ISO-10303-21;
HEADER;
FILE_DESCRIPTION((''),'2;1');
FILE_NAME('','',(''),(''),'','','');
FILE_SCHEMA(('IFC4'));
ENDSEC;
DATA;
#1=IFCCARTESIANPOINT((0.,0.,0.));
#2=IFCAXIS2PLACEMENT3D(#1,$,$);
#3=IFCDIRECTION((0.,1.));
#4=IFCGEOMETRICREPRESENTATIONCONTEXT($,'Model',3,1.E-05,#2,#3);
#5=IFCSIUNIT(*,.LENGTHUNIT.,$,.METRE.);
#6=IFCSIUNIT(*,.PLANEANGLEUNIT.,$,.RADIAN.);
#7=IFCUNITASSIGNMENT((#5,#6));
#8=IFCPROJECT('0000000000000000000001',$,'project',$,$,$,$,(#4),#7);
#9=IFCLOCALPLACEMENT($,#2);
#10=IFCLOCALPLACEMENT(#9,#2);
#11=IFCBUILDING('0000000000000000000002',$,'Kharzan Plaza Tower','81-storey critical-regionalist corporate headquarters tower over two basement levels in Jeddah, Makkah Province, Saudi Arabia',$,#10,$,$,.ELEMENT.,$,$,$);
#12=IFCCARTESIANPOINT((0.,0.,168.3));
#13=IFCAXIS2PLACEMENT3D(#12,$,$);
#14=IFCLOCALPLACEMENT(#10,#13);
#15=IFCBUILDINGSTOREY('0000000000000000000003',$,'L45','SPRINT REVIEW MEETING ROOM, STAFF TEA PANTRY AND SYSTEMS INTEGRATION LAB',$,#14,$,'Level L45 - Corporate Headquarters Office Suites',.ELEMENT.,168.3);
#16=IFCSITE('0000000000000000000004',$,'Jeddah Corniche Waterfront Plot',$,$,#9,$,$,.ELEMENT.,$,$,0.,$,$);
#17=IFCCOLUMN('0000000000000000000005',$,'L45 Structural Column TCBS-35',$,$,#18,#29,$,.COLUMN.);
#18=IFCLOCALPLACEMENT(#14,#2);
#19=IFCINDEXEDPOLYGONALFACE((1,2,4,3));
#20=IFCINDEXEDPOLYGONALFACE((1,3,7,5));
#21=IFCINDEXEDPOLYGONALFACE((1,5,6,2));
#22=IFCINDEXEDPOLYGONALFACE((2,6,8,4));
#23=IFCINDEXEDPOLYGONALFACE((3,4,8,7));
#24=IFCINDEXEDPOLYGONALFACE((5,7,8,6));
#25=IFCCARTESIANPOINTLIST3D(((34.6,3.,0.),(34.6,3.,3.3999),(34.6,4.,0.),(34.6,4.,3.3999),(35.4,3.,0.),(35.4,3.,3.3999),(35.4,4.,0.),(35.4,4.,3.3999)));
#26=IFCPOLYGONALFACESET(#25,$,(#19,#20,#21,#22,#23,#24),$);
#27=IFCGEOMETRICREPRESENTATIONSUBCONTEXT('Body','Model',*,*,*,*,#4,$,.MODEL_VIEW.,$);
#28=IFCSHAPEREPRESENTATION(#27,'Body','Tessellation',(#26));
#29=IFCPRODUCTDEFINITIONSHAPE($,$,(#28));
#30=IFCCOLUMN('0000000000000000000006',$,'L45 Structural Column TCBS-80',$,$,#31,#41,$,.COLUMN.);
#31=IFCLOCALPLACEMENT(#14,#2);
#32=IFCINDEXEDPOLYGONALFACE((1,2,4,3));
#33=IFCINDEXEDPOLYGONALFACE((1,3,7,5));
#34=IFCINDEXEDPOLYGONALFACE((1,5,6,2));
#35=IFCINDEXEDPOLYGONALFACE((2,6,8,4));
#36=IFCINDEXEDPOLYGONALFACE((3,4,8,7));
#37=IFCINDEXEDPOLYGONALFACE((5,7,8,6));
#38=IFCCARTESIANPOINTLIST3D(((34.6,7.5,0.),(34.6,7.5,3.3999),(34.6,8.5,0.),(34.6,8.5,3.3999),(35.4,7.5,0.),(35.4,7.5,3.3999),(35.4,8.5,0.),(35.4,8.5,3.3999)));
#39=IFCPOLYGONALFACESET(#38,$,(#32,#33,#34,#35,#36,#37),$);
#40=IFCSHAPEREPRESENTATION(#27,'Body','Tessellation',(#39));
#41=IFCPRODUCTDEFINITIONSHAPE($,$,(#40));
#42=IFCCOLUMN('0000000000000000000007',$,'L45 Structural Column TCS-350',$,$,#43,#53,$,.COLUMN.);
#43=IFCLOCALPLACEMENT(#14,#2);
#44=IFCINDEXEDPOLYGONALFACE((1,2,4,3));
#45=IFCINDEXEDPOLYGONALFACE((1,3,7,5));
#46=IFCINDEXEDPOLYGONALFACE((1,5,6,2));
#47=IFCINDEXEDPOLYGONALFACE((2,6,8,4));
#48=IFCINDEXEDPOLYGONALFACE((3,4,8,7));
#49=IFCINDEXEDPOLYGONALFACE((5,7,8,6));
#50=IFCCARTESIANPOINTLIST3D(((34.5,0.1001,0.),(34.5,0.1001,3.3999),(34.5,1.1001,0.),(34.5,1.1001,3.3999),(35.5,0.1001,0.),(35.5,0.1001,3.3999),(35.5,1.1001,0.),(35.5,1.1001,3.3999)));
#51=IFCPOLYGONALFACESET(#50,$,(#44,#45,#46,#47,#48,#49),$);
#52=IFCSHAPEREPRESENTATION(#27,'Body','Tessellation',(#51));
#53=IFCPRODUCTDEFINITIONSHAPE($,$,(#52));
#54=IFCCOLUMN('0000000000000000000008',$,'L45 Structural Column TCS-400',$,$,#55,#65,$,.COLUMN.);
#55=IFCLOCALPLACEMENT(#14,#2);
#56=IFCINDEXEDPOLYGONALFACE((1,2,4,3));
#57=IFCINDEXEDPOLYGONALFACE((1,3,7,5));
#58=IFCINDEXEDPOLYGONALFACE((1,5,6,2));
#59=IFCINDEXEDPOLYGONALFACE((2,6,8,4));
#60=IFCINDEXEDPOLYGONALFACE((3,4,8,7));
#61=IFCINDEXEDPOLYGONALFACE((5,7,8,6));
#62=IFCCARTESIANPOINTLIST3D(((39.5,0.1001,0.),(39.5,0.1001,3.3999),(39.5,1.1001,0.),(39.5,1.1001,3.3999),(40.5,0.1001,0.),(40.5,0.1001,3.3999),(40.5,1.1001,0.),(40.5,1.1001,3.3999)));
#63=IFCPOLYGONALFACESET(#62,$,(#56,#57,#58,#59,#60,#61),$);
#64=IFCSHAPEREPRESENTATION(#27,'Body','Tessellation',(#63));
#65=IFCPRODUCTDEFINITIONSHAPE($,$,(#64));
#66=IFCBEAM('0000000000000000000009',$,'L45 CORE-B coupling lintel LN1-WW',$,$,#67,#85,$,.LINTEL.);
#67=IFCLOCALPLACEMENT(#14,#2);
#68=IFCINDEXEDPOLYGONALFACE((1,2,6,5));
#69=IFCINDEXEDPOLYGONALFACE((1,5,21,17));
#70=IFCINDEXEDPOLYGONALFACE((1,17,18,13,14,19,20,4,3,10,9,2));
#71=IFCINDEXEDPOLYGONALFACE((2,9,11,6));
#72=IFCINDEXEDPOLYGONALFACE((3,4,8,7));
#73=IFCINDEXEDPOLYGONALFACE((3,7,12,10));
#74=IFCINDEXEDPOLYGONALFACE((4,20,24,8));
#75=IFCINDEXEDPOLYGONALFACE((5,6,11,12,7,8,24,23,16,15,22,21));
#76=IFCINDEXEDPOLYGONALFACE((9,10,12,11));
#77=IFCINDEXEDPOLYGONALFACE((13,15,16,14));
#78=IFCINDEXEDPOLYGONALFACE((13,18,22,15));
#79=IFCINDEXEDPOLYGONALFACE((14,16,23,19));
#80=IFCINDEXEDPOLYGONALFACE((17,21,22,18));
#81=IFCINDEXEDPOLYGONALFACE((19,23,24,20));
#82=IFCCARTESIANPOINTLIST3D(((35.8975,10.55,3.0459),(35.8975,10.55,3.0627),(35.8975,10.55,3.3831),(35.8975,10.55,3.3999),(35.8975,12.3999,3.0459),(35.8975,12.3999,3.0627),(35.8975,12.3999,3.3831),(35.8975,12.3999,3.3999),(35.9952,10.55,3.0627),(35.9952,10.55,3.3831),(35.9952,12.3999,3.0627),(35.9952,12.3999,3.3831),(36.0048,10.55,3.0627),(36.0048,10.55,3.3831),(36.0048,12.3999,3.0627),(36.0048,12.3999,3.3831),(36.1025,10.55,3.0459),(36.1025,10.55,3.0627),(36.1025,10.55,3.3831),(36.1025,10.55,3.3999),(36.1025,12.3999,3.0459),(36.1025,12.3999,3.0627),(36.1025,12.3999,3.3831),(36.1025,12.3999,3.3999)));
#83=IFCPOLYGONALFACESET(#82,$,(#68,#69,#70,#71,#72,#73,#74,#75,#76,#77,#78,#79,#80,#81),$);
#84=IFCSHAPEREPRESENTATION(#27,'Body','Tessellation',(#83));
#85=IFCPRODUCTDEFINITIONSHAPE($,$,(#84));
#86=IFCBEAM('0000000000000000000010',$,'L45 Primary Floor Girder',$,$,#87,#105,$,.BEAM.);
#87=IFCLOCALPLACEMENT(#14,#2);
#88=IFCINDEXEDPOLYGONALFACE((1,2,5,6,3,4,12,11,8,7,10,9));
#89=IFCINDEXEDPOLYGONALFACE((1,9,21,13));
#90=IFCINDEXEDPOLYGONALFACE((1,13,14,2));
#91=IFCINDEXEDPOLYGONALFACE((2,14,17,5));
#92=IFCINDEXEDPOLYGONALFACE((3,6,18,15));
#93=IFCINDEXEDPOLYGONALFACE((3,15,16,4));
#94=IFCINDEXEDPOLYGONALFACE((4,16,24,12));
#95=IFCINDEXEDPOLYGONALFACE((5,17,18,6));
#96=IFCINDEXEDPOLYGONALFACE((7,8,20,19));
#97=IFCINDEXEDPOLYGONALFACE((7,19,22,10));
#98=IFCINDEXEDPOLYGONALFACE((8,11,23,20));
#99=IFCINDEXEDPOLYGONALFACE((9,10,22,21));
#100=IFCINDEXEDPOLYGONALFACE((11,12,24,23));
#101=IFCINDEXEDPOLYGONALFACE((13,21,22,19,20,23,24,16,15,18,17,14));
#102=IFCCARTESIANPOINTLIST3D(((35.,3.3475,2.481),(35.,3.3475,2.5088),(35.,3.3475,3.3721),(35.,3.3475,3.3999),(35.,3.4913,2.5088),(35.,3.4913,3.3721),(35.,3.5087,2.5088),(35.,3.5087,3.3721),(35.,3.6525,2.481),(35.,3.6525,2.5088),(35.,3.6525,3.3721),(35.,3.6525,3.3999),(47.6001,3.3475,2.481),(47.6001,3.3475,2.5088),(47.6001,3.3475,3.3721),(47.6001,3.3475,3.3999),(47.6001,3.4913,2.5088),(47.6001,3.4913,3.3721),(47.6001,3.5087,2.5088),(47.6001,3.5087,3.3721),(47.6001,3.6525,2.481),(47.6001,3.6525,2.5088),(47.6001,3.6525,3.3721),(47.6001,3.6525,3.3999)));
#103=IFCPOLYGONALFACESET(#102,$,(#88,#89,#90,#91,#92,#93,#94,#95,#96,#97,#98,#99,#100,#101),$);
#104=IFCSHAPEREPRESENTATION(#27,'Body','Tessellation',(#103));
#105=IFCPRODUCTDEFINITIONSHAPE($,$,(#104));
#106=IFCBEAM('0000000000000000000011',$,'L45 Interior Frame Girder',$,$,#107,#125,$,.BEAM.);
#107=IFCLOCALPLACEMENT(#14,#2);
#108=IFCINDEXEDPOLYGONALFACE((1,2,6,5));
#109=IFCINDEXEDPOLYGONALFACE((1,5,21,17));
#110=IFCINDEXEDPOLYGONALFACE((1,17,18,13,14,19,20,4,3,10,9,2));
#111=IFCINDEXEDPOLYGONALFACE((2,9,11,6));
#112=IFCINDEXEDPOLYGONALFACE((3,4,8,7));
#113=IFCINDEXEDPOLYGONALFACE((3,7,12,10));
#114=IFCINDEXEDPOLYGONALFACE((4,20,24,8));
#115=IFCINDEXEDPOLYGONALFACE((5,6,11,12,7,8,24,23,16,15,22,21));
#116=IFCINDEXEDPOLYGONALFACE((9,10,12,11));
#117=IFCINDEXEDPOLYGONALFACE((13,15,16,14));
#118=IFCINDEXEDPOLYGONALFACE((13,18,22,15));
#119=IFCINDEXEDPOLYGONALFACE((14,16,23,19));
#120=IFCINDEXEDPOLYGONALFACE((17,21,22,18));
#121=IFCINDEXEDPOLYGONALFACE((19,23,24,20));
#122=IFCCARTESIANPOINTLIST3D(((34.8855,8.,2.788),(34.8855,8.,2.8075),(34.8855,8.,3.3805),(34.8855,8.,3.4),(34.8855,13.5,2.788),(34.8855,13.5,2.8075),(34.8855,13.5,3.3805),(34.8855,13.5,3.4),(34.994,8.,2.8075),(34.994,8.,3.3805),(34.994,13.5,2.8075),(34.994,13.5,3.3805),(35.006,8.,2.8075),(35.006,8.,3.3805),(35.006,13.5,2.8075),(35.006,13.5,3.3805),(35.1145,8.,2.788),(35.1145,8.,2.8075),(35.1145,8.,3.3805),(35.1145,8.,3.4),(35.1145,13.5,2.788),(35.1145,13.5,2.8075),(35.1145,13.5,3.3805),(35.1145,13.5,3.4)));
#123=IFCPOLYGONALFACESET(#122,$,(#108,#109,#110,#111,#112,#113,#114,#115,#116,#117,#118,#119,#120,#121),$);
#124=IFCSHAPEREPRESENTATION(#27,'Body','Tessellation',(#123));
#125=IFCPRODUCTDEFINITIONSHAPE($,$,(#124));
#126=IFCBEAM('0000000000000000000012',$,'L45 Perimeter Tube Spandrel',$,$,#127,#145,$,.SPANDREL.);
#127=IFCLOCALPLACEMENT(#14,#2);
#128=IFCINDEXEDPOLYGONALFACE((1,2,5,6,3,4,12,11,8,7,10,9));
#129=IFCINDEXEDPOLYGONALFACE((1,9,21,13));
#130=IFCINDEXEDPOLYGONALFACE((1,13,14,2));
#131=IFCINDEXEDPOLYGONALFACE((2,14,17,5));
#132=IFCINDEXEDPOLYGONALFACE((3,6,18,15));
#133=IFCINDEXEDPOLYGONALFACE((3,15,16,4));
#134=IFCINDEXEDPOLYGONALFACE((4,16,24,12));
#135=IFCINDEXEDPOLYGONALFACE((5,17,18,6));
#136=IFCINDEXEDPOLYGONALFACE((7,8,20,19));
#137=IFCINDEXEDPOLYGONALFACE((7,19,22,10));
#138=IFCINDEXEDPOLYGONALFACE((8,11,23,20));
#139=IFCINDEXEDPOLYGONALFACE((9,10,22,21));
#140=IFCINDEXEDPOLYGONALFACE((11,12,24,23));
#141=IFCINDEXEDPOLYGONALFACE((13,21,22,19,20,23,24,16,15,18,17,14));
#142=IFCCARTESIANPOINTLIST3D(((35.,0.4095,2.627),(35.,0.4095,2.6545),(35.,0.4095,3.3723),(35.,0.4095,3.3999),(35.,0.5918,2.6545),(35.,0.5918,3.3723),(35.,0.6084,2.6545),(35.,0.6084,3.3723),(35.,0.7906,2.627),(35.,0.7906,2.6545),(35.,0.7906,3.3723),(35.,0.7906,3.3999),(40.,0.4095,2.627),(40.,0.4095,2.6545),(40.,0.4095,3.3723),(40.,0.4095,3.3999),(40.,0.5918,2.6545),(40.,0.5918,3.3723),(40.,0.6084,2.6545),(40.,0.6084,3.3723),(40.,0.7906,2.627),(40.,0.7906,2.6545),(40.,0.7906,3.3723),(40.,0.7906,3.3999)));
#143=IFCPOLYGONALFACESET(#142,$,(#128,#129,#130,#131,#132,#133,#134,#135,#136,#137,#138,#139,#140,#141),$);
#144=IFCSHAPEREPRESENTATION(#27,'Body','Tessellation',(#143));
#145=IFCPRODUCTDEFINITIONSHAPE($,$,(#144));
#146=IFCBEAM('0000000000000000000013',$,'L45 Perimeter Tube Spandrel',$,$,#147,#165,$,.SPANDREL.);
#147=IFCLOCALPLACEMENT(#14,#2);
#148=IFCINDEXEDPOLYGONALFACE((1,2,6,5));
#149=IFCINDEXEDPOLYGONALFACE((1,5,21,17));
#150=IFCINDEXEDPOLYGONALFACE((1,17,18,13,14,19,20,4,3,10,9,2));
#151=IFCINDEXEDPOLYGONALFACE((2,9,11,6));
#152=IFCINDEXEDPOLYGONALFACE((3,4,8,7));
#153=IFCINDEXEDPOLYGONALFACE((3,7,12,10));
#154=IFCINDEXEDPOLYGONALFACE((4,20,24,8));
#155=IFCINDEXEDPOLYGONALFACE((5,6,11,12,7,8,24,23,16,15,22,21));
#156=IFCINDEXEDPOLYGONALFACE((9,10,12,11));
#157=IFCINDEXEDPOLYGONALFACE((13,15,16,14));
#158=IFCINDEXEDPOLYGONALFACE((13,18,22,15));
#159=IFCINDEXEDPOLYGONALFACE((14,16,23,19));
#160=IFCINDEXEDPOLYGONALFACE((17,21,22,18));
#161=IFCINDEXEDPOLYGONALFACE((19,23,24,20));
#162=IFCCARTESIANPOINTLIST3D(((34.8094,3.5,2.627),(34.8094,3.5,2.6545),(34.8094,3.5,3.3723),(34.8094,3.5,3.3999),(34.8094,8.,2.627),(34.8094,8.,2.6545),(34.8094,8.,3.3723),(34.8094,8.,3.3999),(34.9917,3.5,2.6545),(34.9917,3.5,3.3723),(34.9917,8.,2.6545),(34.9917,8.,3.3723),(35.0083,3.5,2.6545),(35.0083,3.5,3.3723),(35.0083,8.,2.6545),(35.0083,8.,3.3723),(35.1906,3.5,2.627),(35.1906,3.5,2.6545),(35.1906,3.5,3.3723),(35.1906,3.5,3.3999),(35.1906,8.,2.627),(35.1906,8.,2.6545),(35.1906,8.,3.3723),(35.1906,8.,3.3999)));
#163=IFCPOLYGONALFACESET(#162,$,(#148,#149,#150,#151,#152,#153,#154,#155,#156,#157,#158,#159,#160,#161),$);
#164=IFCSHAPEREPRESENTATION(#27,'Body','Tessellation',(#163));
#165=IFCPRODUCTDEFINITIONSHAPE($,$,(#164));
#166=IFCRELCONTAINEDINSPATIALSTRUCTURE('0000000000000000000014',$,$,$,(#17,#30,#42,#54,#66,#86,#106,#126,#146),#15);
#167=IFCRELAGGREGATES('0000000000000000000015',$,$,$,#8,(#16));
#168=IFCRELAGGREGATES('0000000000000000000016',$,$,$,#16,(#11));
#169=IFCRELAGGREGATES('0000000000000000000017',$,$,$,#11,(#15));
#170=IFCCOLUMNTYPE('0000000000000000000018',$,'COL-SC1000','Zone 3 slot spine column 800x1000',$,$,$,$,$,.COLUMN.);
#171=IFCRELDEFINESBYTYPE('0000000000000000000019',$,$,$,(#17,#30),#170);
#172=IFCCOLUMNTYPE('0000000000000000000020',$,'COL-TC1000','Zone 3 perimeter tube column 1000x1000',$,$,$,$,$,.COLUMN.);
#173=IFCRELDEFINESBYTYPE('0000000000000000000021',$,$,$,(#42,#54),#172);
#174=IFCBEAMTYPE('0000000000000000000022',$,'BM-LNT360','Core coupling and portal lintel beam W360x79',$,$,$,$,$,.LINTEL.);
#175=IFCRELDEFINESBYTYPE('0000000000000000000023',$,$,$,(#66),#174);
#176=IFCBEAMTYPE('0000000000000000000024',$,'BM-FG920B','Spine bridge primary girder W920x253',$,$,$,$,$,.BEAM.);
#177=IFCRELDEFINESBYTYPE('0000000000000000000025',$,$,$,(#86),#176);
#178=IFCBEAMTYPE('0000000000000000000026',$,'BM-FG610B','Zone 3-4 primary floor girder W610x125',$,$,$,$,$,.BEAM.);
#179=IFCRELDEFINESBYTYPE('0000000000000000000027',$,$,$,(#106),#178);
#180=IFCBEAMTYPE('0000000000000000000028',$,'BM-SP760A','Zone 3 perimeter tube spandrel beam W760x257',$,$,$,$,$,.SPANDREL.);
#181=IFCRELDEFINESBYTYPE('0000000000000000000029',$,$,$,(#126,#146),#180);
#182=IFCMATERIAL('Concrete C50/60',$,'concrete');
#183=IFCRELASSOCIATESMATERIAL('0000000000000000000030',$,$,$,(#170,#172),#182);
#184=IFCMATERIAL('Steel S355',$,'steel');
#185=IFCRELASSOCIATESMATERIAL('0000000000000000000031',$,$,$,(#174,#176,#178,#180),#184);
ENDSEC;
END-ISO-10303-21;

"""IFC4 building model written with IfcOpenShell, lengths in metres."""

from ifc_helpers import new_model, si_unit, direction, frame, origin, origin_2d, place, context, subcontext, project, spatial, rectangle, i_section, extrude, source, transform, mapped, material, material_profile, profile_set, type_object, element, save


model = new_model("IFC4")

# Units and contexts
model_context = context("Model", 3, precision=1e-05, world=origin(), true_north=direction((0.0, 1.0)))
body_context = subcontext(model_context, "Body", "Model", "MODEL_VIEW")
ifc_project = project(units=[si_unit("LENGTHUNIT", "METRE"), si_unit("PLANEANGLEUNIT", "RADIAN")], contexts=[model_context])

# Site, building, storey
site_placement = place(None, origin())
site = spatial("IfcSite", under=ifc_project, at=site_placement, Name="Jeddah Corniche Waterfront Plot", CompositionType="ELEMENT", RefElevation=0.0)
building_placement = place(site_placement, origin())
building = spatial("IfcBuilding", under=site, at=building_placement, Name="Kharzan Plaza Tower", Description="81-storey critical-regionalist corporate headquarters tower over two basement levels in Jeddah, Makkah Province, Saudi Arabia", CompositionType="ELEMENT")
storey_placement = place(building_placement, frame((0.0, 0.0, 168.3)))
storey = spatial("IfcBuildingStorey", under=building, at=storey_placement, Name="L45", Description="SPRINT REVIEW MEETING ROOM, STAFF TEA PANTRY AND SYSTEMS INTEGRATION LAB", LongName="Level L45 - Corporate Headquarters Office Suites", CompositionType="ELEMENT", Elevation=168.3)

# Columns
ifc_material_1 = material(Name="Concrete C50/60", Category="concrete")
ifc_material_profile_1 = material_profile(ifc_material_1, rectangle(XDim=0.8, YDim=1.0, at=origin_2d()), Name="RC-SC1000x800")
ifc_profile_set_1 = profile_set([ifc_material_profile_1], Name="Concrete C50/60")
column_type_1 = type_object("IfcColumnType", Name="COL-SC1000", Description="Zone 3 slot spine column 800x1000", PredefinedType="COLUMN", material=ifc_profile_set_1)
shared_shape_1 = source(origin(), body_context, "Body", "SweptSolid", [
    extrude(rectangle(XDim=0.8, YDim=1.0, at=origin_2d()), origin(), (0.0, 0.0, 1.0), 3.3999),
])
for number, where, z_axis, x_axis, name in (
    (1, (35.0, 3.5, 0.0), (0.0, 0.0, 1.0), (1.0, 0.0, 0.0), "L45 Structural Column TCBS-35"),
    (2, (35.0, 8.0, 0.0), (0.0, 0.0, 1.0), (1.0, 0.0, 0.0), "L45 Structural Column TCBS-80"),
):
    element("IfcColumn", number, at=place(storey_placement, frame(where, z_axis=z_axis, x_axis=x_axis)), inside=storey, type_object=column_type_1, Name=name, PredefinedType="COLUMN", context=body_context, shape_type="MappedRepresentation", body=[
        mapped(shared_shape_1, transform((0.0, 0.0, 0.0), x_axis=(1.0, 0.0, 0.0), y_axis=(0.0, 1.0, 0.0), z_axis=(0.0, 0.0, 1.0))),
    ])
ifc_material_profile_2 = material_profile(ifc_material_1, rectangle(XDim=1.0, YDim=1.0, at=origin_2d()), Name="RC-TC1000x1000")
ifc_profile_set_2 = profile_set([ifc_material_profile_2], Name="Concrete C50/60")
column_type_2 = type_object("IfcColumnType", Name="COL-TC1000", Description="Zone 3 perimeter tube column 1000x1000", PredefinedType="COLUMN", material=ifc_profile_set_2)
shared_shape_2 = source(origin(), body_context, "Body", "SweptSolid", [
    extrude(rectangle(XDim=1.0, YDim=1.0, at=origin_2d()), origin(), (0.0, 0.0, 1.0), 3.3999),
])
for number, where, z_axis, x_axis, name in (
    (3, (35.0, 0.6001, 0.0), (0.0, 0.0, 1.0), (1.0, 0.0, 0.0), "L45 Structural Column TCS-350"),
    (4, (40.0, 0.6001, 0.0), (0.0, 0.0, 1.0), (1.0, 0.0, 0.0), "L45 Structural Column TCS-400"),
):
    element("IfcColumn", number, at=place(storey_placement, frame(where, z_axis=z_axis, x_axis=x_axis)), inside=storey, type_object=column_type_2, Name=name, PredefinedType="COLUMN", context=body_context, shape_type="MappedRepresentation", body=[
        mapped(shared_shape_2, transform((0.0, 0.0, 0.0), x_axis=(1.0, 0.0, 0.0), y_axis=(0.0, 1.0, 0.0), z_axis=(0.0, 0.0, 1.0))),
    ])

# Beams
ifc_material_2 = material(Name="Steel S355", Category="steel")
ifc_material_profile_3 = material_profile(ifc_material_2, i_section(OverallWidth=0.2051, OverallDepth=0.354, WebThickness=0.0095, FlangeThickness=0.0168, at=origin_2d()), Name="W360x79")
ifc_profile_set_3 = profile_set([ifc_material_profile_3], Name="Steel S355")
beam_type_1 = type_object("IfcBeamType", Name="BM-LNT360", Description="Core coupling and portal lintel beam W360x79", PredefinedType="LINTEL", material=ifc_profile_set_3)
shared_shape_3 = source(origin(), body_context, "Body", "SweptSolid", [
    extrude(i_section(OverallWidth=0.2051, OverallDepth=0.354, WebThickness=0.0095, FlangeThickness=0.0168, at=origin_2d()), origin(), (0.0, 0.0, 1.0), 1.8499),
])
beam_1_placement = place(storey_placement, frame((36.0, 10.55, 3.2229), z_axis=(0.0, 1.0, 0.0), x_axis=(-1.0, 0.0, 0.0)))
element("IfcBeam", 5, at=beam_1_placement, inside=storey, type_object=beam_type_1, Name="L45 CORE-B coupling lintel LN1-WW", PredefinedType="LINTEL", context=body_context, shape_type="MappedRepresentation", body=[
    mapped(shared_shape_3, transform((0.0, 0.0, 0.0), x_axis=(1.0, 0.0, 0.0), y_axis=(0.0, 1.0, 0.0), z_axis=(0.0, 0.0, 1.0))),
])
ifc_material_profile_4 = material_profile(ifc_material_2, i_section(OverallWidth=0.3049, OverallDepth=0.9189, WebThickness=0.0173, FlangeThickness=0.0278, at=origin_2d()), Name="W920x253")
ifc_profile_set_4 = profile_set([ifc_material_profile_4], Name="Steel S355")
beam_type_2 = type_object("IfcBeamType", Name="BM-FG920B", Description="Spine bridge primary girder W920x253", PredefinedType="BEAM", material=ifc_profile_set_4)
shared_shape_4 = source(origin(), body_context, "Body", "SweptSolid", [
    extrude(i_section(OverallWidth=0.3049, OverallDepth=0.9189, WebThickness=0.0173, FlangeThickness=0.0278, at=origin_2d()), origin(), (0.0, 0.0, 1.0), 12.6001),
])
beam_2_placement = place(storey_placement, frame((35.0, 3.5, 2.9404), z_axis=(1.0, 0.0, 0.0), x_axis=(0.0, 1.0, 0.0)))
element("IfcBeam", 6, at=beam_2_placement, inside=storey, type_object=beam_type_2, Name="L45 Primary Floor Girder", PredefinedType="BEAM", context=body_context, shape_type="MappedRepresentation", body=[
    mapped(shared_shape_4, transform((0.0, 0.0, 0.0), x_axis=(1.0, 0.0, 0.0), y_axis=(0.0, 1.0, 0.0), z_axis=(0.0, 0.0, 1.0))),
])
ifc_material_profile_5 = material_profile(ifc_material_2, i_section(OverallWidth=0.229, OverallDepth=0.6121, WebThickness=0.012, FlangeThickness=0.0195, at=origin_2d()), Name="W610x125")
ifc_profile_set_5 = profile_set([ifc_material_profile_5], Name="Steel S355")
beam_type_3 = type_object("IfcBeamType", Name="BM-FG610B", Description="Zone 3-4 primary floor girder W610x125", PredefinedType="BEAM", material=ifc_profile_set_5)
shared_shape_5 = source(origin(), body_context, "Body", "SweptSolid", [
    extrude(i_section(OverallWidth=0.229, OverallDepth=0.6121, WebThickness=0.012, FlangeThickness=0.0195, at=origin_2d()), origin(), (0.0, 0.0, 1.0), 5.5),
])
beam_3_placement = place(storey_placement, frame((35.0, 8.0, 3.094), z_axis=(0.0, 1.0, 0.0), x_axis=(-1.0, 0.0, 0.0)))
element("IfcBeam", 7, at=beam_3_placement, inside=storey, type_object=beam_type_3, Name="L45 Interior Frame Girder", PredefinedType="BEAM", context=body_context, shape_type="MappedRepresentation", body=[
    mapped(shared_shape_5, transform((0.0, 0.0, 0.0), x_axis=(1.0, 0.0, 0.0), y_axis=(0.0, 1.0, 0.0), z_axis=(0.0, 0.0, 1.0))),
])
ifc_material_profile_6 = material_profile(ifc_material_2, i_section(OverallWidth=0.3811, OverallDepth=0.7729, WebThickness=0.0166, FlangeThickness=0.0276, at=origin_2d()), Name="W760x257")
ifc_profile_set_6 = profile_set([ifc_material_profile_6], Name="Steel S355")
beam_type_4 = type_object("IfcBeamType", Name="BM-SP760A", Description="Zone 3 perimeter tube spandrel beam W760x257", PredefinedType="SPANDREL", material=ifc_profile_set_6)
shared_shape_6 = source(origin(), body_context, "Body", "SweptSolid", [
    extrude(i_section(OverallWidth=0.3811, OverallDepth=0.7729, WebThickness=0.0166, FlangeThickness=0.0276, at=origin_2d()), origin(), (0.0, 0.0, 1.0), 5.0),
])
beam_4_placement = place(storey_placement, frame((35.0, 0.6001, 3.0134), z_axis=(1.0, 0.0, 0.0), x_axis=(0.0, 1.0, 0.0)))
element("IfcBeam", 8, at=beam_4_placement, inside=storey, type_object=beam_type_4, Name="L45 Perimeter Tube Spandrel", PredefinedType="SPANDREL", context=body_context, shape_type="MappedRepresentation", body=[
    mapped(shared_shape_6, transform((0.0, 0.0, 0.0), x_axis=(1.0, 0.0, 0.0), y_axis=(0.0, 1.0, 0.0), z_axis=(0.0, 0.0, 1.0))),
])
shared_shape_7 = source(origin(), body_context, "Body", "SweptSolid", [
    extrude(i_section(OverallWidth=0.3811, OverallDepth=0.7729, WebThickness=0.0166, FlangeThickness=0.0276, at=origin_2d()), origin(), (0.0, 0.0, 1.0), 4.5),
])
beam_5_placement = place(storey_placement, frame((35.0, 3.5, 3.0134), z_axis=(0.0, 1.0, 0.0), x_axis=(-1.0, 0.0, 0.0)))
element("IfcBeam", 9, at=beam_5_placement, inside=storey, type_object=beam_type_4, Name="L45 Perimeter Tube Spandrel", PredefinedType="SPANDREL", context=body_context, shape_type="MappedRepresentation", body=[
    mapped(shared_shape_7, transform((0.0, 0.0, 0.0), x_axis=(1.0, 0.0, 0.0), y_axis=(0.0, 1.0, 0.0), z_axis=(0.0, 0.0, 1.0))),
])

save(model, "model.ifc")
